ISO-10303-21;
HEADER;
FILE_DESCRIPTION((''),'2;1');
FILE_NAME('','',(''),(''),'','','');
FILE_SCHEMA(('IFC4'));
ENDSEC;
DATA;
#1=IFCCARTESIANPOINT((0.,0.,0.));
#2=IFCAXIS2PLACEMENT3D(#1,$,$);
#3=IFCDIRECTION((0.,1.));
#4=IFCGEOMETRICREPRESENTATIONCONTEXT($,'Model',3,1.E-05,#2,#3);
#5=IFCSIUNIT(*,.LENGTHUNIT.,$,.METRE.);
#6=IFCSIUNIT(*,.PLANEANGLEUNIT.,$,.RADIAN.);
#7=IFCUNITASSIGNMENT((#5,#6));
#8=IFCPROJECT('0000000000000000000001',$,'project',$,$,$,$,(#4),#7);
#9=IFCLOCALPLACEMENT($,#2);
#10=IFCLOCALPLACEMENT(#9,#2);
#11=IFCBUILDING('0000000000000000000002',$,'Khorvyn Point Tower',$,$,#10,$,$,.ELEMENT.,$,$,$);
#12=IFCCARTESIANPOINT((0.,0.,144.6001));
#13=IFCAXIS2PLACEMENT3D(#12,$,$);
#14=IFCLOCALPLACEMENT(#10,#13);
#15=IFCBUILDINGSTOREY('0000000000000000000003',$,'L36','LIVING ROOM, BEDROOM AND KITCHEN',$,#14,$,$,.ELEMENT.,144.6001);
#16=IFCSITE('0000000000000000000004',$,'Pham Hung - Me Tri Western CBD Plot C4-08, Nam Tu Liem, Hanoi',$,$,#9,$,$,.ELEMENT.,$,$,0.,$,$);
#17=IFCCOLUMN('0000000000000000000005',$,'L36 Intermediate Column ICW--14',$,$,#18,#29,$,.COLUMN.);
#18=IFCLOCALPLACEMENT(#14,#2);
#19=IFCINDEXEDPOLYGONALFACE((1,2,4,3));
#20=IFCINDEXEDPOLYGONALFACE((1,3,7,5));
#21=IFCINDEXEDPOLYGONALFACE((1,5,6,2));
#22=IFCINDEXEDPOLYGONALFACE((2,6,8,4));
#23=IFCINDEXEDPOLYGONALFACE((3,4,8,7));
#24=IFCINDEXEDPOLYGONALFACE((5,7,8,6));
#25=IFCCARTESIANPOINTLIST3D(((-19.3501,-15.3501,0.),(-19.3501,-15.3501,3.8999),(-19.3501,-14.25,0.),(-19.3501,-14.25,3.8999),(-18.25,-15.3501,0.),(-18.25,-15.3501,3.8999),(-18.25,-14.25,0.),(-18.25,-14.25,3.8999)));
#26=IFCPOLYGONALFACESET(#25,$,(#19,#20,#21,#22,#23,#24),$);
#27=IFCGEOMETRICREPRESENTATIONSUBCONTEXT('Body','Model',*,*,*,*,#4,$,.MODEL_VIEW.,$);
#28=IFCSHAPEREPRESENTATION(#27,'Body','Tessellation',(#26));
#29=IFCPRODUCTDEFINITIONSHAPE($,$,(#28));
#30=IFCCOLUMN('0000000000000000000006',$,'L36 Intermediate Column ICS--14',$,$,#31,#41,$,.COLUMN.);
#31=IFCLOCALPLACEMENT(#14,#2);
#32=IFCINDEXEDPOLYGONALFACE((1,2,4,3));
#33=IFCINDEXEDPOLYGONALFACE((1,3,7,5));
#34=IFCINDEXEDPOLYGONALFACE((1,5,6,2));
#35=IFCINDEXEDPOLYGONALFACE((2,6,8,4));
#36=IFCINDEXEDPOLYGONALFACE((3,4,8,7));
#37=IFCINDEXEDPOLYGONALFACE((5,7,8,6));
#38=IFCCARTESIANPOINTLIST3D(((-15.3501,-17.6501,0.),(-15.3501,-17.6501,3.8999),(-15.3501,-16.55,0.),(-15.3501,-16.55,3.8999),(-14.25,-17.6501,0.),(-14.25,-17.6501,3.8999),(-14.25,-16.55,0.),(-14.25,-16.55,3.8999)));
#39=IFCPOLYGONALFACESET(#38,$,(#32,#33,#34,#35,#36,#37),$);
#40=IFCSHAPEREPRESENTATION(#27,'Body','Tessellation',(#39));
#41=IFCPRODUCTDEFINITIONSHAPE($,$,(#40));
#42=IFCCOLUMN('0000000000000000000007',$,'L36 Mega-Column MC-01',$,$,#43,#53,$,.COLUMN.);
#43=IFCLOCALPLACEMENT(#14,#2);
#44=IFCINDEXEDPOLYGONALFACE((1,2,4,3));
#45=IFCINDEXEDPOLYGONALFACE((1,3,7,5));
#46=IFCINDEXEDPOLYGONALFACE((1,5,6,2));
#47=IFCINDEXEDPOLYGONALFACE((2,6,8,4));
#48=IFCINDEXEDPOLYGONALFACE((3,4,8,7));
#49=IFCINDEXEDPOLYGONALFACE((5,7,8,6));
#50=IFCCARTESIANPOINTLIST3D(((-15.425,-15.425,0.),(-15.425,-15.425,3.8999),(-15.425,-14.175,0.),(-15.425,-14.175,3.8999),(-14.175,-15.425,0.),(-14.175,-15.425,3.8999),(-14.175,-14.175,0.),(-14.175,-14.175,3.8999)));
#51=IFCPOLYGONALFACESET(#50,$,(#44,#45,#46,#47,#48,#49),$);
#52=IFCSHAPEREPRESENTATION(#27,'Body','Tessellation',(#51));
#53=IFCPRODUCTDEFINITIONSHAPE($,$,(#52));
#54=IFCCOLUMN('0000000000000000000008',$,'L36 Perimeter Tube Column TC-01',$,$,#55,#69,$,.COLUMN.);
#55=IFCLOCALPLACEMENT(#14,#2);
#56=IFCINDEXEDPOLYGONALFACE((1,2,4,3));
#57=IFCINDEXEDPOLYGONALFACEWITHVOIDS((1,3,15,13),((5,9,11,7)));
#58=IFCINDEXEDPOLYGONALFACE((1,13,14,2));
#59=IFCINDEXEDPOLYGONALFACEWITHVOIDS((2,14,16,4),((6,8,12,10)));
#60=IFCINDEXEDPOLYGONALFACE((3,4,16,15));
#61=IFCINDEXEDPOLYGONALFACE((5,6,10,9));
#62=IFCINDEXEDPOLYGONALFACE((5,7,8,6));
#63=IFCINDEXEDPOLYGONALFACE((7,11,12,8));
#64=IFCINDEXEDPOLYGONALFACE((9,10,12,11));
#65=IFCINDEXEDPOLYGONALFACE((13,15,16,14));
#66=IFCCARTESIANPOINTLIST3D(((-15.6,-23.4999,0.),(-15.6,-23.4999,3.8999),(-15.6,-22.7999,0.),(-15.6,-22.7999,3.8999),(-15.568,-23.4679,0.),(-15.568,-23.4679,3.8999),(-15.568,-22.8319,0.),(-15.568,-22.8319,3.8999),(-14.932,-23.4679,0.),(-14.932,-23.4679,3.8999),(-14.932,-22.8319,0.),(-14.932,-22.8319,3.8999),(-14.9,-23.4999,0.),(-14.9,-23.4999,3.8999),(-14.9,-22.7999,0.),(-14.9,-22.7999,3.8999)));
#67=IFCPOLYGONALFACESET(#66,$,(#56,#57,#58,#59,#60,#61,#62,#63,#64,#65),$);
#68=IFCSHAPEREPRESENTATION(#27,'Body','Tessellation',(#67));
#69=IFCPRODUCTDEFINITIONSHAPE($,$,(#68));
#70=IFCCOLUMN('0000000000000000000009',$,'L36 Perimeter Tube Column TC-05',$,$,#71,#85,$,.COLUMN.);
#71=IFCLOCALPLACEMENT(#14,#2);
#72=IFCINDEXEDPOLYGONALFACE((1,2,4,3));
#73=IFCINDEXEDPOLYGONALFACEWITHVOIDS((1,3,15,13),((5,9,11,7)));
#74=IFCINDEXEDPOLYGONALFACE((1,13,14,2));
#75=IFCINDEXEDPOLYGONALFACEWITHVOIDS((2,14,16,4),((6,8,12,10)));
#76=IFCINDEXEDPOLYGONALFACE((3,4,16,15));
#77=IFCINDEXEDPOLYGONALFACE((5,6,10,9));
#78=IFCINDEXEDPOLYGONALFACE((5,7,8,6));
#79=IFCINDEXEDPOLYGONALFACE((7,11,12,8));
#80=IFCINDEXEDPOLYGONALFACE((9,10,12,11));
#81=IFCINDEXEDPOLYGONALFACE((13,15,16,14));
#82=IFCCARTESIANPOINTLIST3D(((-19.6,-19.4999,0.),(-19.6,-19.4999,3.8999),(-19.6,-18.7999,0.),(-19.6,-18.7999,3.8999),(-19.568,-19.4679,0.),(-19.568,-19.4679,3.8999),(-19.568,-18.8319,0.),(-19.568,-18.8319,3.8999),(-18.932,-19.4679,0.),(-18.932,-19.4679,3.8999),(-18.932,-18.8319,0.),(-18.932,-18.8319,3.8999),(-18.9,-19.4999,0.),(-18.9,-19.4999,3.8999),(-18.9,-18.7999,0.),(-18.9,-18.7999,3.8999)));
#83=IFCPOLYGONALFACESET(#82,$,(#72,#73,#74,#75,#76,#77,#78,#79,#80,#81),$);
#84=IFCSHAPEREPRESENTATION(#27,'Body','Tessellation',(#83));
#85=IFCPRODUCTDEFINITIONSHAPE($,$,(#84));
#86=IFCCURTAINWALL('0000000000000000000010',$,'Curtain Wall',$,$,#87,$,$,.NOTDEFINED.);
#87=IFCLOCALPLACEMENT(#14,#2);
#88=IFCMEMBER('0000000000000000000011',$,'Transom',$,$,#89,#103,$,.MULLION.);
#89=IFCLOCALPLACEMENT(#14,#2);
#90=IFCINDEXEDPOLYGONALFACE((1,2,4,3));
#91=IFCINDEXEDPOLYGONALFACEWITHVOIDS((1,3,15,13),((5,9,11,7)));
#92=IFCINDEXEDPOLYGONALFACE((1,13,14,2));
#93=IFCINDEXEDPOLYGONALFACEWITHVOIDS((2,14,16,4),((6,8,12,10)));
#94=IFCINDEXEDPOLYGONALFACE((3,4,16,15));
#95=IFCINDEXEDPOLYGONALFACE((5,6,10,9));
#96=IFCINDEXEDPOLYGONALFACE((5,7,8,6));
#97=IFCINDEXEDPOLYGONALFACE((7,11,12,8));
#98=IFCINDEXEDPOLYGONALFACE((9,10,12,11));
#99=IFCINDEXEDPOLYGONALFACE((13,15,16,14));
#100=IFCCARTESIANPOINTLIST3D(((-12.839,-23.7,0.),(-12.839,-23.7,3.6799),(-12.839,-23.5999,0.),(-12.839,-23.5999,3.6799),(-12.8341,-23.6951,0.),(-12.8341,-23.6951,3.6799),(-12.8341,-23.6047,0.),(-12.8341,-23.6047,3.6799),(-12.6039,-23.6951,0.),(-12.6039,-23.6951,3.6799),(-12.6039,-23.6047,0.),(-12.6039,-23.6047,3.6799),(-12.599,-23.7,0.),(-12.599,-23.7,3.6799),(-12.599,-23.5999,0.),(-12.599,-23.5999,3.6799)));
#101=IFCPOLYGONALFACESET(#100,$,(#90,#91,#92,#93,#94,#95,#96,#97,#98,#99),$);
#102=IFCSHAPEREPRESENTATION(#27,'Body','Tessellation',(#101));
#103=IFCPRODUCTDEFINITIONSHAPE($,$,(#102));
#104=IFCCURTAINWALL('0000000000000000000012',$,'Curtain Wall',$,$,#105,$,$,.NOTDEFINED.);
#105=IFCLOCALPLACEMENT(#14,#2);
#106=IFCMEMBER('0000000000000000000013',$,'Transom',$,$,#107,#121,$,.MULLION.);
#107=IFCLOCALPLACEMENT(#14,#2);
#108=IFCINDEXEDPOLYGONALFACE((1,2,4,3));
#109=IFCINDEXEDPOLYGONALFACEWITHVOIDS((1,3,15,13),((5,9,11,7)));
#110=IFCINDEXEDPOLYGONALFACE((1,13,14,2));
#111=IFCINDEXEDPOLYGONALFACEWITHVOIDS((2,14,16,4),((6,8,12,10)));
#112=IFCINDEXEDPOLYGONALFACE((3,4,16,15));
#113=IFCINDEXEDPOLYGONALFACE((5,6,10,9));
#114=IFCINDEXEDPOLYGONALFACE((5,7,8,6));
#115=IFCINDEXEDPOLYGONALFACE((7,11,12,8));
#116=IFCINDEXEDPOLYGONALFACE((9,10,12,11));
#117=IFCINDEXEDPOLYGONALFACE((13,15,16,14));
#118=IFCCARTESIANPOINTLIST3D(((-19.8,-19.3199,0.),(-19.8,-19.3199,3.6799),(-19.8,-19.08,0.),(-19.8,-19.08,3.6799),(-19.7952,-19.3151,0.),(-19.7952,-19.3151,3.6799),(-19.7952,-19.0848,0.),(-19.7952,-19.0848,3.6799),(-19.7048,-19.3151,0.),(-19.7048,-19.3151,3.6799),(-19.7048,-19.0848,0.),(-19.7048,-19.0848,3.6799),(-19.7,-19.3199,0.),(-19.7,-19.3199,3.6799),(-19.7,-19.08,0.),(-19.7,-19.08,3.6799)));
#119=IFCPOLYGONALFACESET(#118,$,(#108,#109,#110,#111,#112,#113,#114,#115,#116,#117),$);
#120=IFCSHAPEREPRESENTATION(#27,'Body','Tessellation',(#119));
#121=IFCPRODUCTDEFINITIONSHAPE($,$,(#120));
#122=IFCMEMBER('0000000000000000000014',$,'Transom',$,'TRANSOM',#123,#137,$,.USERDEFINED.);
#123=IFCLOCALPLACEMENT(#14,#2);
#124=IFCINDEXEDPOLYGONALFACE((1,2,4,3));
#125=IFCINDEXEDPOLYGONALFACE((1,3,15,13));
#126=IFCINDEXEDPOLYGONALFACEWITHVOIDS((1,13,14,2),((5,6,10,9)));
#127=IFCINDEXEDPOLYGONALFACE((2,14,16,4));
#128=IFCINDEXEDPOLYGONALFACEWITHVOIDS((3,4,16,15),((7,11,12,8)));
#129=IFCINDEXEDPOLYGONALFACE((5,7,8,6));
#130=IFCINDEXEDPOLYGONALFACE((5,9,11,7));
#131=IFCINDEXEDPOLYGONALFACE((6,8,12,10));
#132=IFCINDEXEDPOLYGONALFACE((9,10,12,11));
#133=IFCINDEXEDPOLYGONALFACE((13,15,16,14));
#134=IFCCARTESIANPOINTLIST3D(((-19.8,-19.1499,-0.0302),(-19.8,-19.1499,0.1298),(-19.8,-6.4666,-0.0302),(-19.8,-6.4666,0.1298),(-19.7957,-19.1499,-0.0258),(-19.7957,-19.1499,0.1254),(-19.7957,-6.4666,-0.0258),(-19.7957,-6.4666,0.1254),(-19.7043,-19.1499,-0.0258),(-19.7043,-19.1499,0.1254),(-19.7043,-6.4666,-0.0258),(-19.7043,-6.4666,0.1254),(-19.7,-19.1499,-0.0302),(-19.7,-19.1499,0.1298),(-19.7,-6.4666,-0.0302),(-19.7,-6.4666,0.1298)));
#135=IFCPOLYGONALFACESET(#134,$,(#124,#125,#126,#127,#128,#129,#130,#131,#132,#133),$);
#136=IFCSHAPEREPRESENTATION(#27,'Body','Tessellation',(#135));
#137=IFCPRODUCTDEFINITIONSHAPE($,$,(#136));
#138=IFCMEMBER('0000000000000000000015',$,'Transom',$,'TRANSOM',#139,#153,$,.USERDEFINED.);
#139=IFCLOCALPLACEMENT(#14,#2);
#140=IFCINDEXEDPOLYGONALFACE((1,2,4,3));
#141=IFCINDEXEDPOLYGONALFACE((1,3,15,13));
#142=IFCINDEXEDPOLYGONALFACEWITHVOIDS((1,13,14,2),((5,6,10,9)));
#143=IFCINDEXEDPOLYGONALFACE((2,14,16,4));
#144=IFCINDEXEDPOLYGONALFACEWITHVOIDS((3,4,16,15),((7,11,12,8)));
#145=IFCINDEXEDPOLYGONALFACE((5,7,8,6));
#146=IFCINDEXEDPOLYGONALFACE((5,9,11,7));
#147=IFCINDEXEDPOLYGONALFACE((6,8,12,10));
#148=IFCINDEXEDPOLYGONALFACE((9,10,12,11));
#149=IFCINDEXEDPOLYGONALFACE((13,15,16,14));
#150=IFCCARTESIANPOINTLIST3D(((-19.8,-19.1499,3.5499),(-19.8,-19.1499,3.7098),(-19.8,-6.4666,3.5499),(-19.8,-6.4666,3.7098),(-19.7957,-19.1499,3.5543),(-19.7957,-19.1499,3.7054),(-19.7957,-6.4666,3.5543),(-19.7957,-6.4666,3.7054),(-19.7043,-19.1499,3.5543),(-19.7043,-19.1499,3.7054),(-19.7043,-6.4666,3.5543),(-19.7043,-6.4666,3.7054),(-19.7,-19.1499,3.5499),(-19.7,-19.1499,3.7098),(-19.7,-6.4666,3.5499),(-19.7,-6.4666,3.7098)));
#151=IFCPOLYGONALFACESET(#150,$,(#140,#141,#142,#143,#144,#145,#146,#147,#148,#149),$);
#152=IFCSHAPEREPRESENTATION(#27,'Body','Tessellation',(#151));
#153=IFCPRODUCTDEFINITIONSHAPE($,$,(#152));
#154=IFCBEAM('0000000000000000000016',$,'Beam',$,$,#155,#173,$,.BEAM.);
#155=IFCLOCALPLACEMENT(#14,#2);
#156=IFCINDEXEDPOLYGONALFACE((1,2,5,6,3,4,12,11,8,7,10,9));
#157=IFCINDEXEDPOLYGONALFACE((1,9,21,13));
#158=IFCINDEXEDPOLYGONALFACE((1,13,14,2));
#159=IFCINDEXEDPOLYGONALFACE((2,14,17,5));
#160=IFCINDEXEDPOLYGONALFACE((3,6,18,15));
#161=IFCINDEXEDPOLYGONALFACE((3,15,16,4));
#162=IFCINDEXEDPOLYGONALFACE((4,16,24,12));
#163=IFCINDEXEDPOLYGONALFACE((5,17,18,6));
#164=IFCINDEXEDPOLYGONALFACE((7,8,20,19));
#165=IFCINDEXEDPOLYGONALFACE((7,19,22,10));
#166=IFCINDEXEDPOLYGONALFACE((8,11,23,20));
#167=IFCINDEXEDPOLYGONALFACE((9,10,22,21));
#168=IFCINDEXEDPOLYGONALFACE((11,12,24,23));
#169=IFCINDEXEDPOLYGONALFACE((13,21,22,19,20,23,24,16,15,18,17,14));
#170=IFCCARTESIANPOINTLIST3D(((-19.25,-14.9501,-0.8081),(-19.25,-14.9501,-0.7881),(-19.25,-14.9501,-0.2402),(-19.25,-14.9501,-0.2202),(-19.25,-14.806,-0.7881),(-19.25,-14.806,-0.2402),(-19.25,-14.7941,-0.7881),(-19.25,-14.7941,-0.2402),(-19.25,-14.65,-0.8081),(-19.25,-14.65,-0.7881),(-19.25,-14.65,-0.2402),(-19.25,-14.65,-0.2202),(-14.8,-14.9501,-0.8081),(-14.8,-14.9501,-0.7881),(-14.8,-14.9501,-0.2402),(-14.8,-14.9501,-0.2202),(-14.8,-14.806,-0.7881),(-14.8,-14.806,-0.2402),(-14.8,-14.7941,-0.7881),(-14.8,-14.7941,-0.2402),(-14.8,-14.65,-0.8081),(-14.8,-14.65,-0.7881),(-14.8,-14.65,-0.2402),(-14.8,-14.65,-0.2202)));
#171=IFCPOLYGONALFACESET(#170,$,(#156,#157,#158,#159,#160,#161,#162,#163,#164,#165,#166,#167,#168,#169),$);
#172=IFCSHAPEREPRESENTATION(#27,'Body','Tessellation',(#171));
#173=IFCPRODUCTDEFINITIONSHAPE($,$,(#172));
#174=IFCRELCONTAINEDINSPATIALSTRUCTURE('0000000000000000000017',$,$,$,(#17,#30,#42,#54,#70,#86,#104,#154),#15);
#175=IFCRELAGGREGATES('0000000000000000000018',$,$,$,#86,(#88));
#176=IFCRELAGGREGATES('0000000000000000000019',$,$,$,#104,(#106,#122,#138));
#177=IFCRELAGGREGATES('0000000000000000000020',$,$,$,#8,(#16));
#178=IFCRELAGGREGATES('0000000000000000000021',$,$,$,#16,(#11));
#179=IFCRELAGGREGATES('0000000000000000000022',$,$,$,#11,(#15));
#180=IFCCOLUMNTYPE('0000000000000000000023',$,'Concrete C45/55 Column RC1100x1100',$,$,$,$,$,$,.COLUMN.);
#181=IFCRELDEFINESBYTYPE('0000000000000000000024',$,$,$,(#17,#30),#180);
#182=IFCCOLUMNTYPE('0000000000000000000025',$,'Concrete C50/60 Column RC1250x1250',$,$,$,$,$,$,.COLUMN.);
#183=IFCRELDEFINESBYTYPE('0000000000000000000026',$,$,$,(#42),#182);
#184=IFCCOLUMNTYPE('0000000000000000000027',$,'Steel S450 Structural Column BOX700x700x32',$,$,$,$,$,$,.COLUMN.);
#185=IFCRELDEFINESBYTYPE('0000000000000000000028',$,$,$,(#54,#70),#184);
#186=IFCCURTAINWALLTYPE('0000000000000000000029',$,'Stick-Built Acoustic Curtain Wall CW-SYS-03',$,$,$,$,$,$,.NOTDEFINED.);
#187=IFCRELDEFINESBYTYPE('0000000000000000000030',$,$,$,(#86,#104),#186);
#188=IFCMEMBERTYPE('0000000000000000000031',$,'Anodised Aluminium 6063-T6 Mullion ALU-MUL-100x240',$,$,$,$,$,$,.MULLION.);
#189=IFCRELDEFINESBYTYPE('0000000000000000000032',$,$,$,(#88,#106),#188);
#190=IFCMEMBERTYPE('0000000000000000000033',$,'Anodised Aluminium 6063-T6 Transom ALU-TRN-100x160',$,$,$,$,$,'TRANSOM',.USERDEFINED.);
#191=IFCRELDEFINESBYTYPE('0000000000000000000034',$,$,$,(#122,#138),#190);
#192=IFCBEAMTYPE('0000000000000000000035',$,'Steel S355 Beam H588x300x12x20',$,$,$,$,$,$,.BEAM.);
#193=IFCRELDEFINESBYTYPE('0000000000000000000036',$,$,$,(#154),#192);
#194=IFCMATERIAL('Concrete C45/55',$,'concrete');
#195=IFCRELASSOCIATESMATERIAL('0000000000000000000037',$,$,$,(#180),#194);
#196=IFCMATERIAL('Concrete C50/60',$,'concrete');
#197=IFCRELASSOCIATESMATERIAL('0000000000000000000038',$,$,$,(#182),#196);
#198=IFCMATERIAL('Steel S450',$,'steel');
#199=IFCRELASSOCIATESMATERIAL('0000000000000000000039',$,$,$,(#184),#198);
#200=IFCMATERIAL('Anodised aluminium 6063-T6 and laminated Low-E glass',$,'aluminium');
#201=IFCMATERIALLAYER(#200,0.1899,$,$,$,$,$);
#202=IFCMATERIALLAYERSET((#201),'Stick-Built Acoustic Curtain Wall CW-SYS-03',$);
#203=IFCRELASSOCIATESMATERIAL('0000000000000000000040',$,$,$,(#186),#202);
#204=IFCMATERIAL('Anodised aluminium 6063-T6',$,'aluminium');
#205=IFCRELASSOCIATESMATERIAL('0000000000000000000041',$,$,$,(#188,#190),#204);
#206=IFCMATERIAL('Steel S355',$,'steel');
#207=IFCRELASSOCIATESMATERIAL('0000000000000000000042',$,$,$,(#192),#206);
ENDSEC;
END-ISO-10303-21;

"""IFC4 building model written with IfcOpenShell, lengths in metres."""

from ifc_helpers import new_model, si_unit, direction, frame, origin, origin_2d, place, context, subcontext, project, spatial, rectangle, hollow_rectangle, i_section, extrude, material, layer, layer_set, material_profile, profile_set, type_object, element, aggregate, save


model = new_model("IFC4")

# Units and contexts
model_context = context("Model", 3, precision=1e-05, world=origin(), true_north=direction((0.0, 1.0)))
body_context = subcontext(model_context, "Body", "Model", "MODEL_VIEW")
ifc_project = project(units=[si_unit("LENGTHUNIT", "METRE"), si_unit("PLANEANGLEUNIT", "RADIAN")], contexts=[model_context])

# Site, building, storey
site_placement = place(None, origin())
site = spatial("IfcSite", under=ifc_project, at=site_placement, Name="Pham Hung - Me Tri Western CBD Plot C4-08, Nam Tu Liem, Hanoi", CompositionType="ELEMENT", RefElevation=0.0)
building_placement = place(site_placement, origin())
building = spatial("IfcBuilding", under=site, at=building_placement, Name="Khorvyn Point Tower", CompositionType="ELEMENT")
storey_placement = place(building_placement, frame((0.0, 0.0, 144.6001)))
storey = spatial("IfcBuildingStorey", under=building, at=storey_placement, Name="L36", Description="LIVING ROOM, BEDROOM AND KITCHEN", CompositionType="ELEMENT", Elevation=144.6001)

# Columns
ifc_material_1 = material(Name="Concrete C45/55", Category="concrete")
ifc_material_profile_1 = material_profile(ifc_material_1, rectangle(XDim=1.1001, YDim=1.1001, at=origin_2d()))
ifc_profile_set_1 = profile_set([ifc_material_profile_1], Name="Concrete C45/55 RC1100x1100")
column_type_1 = type_object("IfcColumnType", Name="Concrete C45/55 Column RC1100x1100", PredefinedType="COLUMN", material=ifc_profile_set_1)
for number, where, z_axis, x_axis, name in (
    (1, (-18.8, -14.8, 0.0), (0.0, 0.0, 1.0), (1.0, 0.0, 0.0), "L36 Intermediate Column ICW--14"),
    (2, (-14.8, -17.1001, 0.0), (0.0, 0.0, 1.0), (1.0, 0.0, 0.0), "L36 Intermediate Column ICS--14"),
):
    element("IfcColumn", number, at=place(storey_placement, frame(where, z_axis=z_axis, x_axis=x_axis)), inside=storey, type_object=column_type_1, Name=name, PredefinedType="COLUMN", context=body_context, shape_type="SweptSolid", body=[
        extrude(rectangle(XDim=1.1001, YDim=1.1001, at=origin_2d()), origin(), (0.0, 0.0, 1.0), 3.8999),
    ])
ifc_material_2 = material(Name="Concrete C50/60", Category="concrete")
ifc_material_profile_2 = material_profile(ifc_material_2, rectangle(XDim=1.25, YDim=1.25, at=origin_2d()))
ifc_profile_set_2 = profile_set([ifc_material_profile_2], Name="Concrete C50/60 RC1250x1250")
column_type_2 = type_object("IfcColumnType", Name="Concrete C50/60 Column RC1250x1250", PredefinedType="COLUMN", material=ifc_profile_set_2)
column_placement = place(storey_placement, frame((-14.8, -14.8, 0.0), z_axis=(0.0, 0.0, 1.0), x_axis=(1.0, 0.0, 0.0)))
element("IfcColumn", 3, at=column_placement, inside=storey, type_object=column_type_2, Name="L36 Mega-Column MC-01", PredefinedType="COLUMN", context=body_context, shape_type="SweptSolid", body=[
    extrude(rectangle(XDim=1.25, YDim=1.25, at=origin_2d()), origin(), (0.0, 0.0, 1.0), 3.8999),
])
ifc_material_3 = material(Name="Steel S450", Category="steel")
ifc_material_profile_3 = material_profile(ifc_material_3, hollow_rectangle(XDim=0.7, YDim=0.7, WallThickness=0.032, at=origin_2d()))
ifc_profile_set_3 = profile_set([ifc_material_profile_3], Name="Steel S450 BOX700x700x32")
column_type_3 = type_object("IfcColumnType", Name="Steel S450 Structural Column BOX700x700x32", PredefinedType="COLUMN", material=ifc_profile_set_3)
for number, where, z_axis, x_axis, name in (
    (4, (-15.25, -23.1499, 0.0), (0.0, 0.0, 1.0), (1.0, 0.0, 0.0), "L36 Perimeter Tube Column TC-01"),
    (5, (-19.25, -19.1499, 0.0), (0.0, 0.0, 1.0), (1.0, 0.0, 0.0), "L36 Perimeter Tube Column TC-05"),
):
    element("IfcColumn", number, at=place(storey_placement, frame(where, z_axis=z_axis, x_axis=x_axis)), inside=storey, type_object=column_type_3, Name=name, PredefinedType="COLUMN", context=body_context, shape_type="SweptSolid", body=[
        extrude(hollow_rectangle(XDim=0.7, YDim=0.7, WallThickness=0.032, at=origin_2d()), origin(), (0.0, 0.0, 1.0), 3.8999),
    ])

# Curtain wall, member
ifc_material_4 = material(Name="Anodised aluminium 6063-T6 and laminated Low-E glass", Category="aluminium")
ifc_layer_1 = layer(ifc_material_4, 0.1899)
ifc_layer_set_1 = layer_set([ifc_layer_1], Name="Stick-Built Acoustic Curtain Wall CW-SYS-03")
curtain_wall_type = type_object("IfcCurtainWallType", Name="Stick-Built Acoustic Curtain Wall CW-SYS-03", PredefinedType="NOTDEFINED", material=ifc_layer_set_1)
curtain_wall_1_placement = place(storey_placement, origin())
curtain_wall_1 = element("IfcCurtainWall", 6, at=curtain_wall_1_placement, inside=storey, type_object=curtain_wall_type, Name="Curtain Wall", PredefinedType="NOTDEFINED")
ifc_material_5 = material(Name="Anodised aluminium 6063-T6", Category="aluminium")
ifc_material_profile_4 = material_profile(ifc_material_5, hollow_rectangle(XDim=0.1001, YDim=0.24, WallThickness=0.0049, at=origin_2d()))
ifc_profile_set_4 = profile_set([ifc_material_profile_4], Name="Anodised aluminium 6063-T6 ALU-MUL-100x240")
member_type_1 = type_object("IfcMemberType", Name="Anodised Aluminium 6063-T6 Mullion ALU-MUL-100x240", PredefinedType="MULLION", material=ifc_profile_set_4)
member_1_placement = place(storey_placement, frame((-12.719, -23.6499, 0.0), z_axis=(0.0, 0.0, 1.0), x_axis=(0.0, -1.0, 0.0)))
member_1 = element("IfcMember", 7, at=member_1_placement, type_object=member_type_1, Name="Transom", PredefinedType="MULLION", context=body_context, shape_type="SweptSolid", body=[
    extrude(hollow_rectangle(XDim=0.1001, YDim=0.24, WallThickness=0.0049, at=origin_2d()), origin(), (0.0, 0.0, 1.0), 3.6799),
])
aggregate(curtain_wall_1, [member_1])

# Curtain wall, members
curtain_wall_2_placement = place(storey_placement, origin())
curtain_wall_2 = element("IfcCurtainWall", 8, at=curtain_wall_2_placement, inside=storey, type_object=curtain_wall_type, Name="Curtain Wall", PredefinedType="NOTDEFINED")
member_2_placement = place(storey_placement, frame((-19.75, -19.2, 0.0), z_axis=(0.0, 0.0, 1.0), x_axis=(-1.0, 0.0, 0.0)))
member_2 = element("IfcMember", 9, at=member_2_placement, type_object=member_type_1, Name="Transom", PredefinedType="MULLION", context=body_context, shape_type="SweptSolid", body=[
    extrude(hollow_rectangle(XDim=0.1001, YDim=0.24, WallThickness=0.0049, at=origin_2d()), origin(), (0.0, 0.0, 1.0), 3.6799),
])
ifc_material_profile_5 = material_profile(ifc_material_5, hollow_rectangle(XDim=0.1001, YDim=0.1599, WallThickness=0.0044, at=origin_2d()))
ifc_profile_set_5 = profile_set([ifc_material_profile_5], Name="Anodised aluminium 6063-T6 ALU-TRN-100x160")
member_type_2 = type_object("IfcMemberType", Name="Anodised Aluminium 6063-T6 Transom ALU-TRN-100x160", ElementType="TRANSOM", PredefinedType="USERDEFINED", material=ifc_profile_set_5)
member_3_placement = place(storey_placement, frame((-19.75, -19.1499, 0.0498), z_axis=(0.0, 1.0, 0.0), x_axis=(-1.0, 0.0, 0.0)))
member_3 = element("IfcMember", 10, at=member_3_placement, type_object=member_type_2, Name="Transom", ObjectType="TRANSOM", PredefinedType="USERDEFINED", context=body_context, shape_type="SweptSolid", body=[
    extrude(hollow_rectangle(XDim=0.1001, YDim=0.1599, WallThickness=0.0044, at=origin_2d()), origin(), (0.0, 0.0, 1.0), 12.6833),
])
member_4_placement = place(storey_placement, frame((-19.75, -19.1499, 3.6299), z_axis=(0.0, 1.0, 0.0), x_axis=(-1.0, 0.0, 0.0)))
member_4 = element("IfcMember", 11, at=member_4_placement, type_object=member_type_2, Name="Transom", ObjectType="TRANSOM", PredefinedType="USERDEFINED", context=body_context, shape_type="SweptSolid", body=[
    extrude(hollow_rectangle(XDim=0.1001, YDim=0.1599, WallThickness=0.0044, at=origin_2d()), origin(), (0.0, 0.0, 1.0), 12.6833),
])

# Beam
ifc_material_6 = material(Name="Steel S355", Category="steel")
ifc_material_profile_6 = material_profile(ifc_material_6, i_section(OverallWidth=0.3, OverallDepth=0.5879, WebThickness=0.012, FlangeThickness=0.02, at=origin_2d()))
ifc_profile_set_6 = profile_set([ifc_material_profile_6], Name="Steel S355 H588x300x12x20")
beam_type_1 = type_object("IfcBeamType", Name="Steel S355 Beam H588x300x12x20", PredefinedType="BEAM", material=ifc_profile_set_6)
beam_1_placement = place(storey_placement, frame((-19.25, -14.8, -0.5142), z_axis=(1.0, 0.0, 0.0), x_axis=(0.0, 1.0, 0.0)))
element("IfcBeam", 12, at=beam_1_placement, inside=storey, type_object=beam_type_1, Name="Beam", PredefinedType="BEAM", context=body_context, shape_type="SweptSolid", body=[
    extrude(i_section(OverallWidth=0.3, OverallDepth=0.5879, WebThickness=0.012, FlangeThickness=0.02, at=origin_2d()), origin(), (0.0, 0.0, 1.0), 4.45),
])

aggregate(curtain_wall_2, [member_2, member_3, member_4])

save(model, "model.ifc")
